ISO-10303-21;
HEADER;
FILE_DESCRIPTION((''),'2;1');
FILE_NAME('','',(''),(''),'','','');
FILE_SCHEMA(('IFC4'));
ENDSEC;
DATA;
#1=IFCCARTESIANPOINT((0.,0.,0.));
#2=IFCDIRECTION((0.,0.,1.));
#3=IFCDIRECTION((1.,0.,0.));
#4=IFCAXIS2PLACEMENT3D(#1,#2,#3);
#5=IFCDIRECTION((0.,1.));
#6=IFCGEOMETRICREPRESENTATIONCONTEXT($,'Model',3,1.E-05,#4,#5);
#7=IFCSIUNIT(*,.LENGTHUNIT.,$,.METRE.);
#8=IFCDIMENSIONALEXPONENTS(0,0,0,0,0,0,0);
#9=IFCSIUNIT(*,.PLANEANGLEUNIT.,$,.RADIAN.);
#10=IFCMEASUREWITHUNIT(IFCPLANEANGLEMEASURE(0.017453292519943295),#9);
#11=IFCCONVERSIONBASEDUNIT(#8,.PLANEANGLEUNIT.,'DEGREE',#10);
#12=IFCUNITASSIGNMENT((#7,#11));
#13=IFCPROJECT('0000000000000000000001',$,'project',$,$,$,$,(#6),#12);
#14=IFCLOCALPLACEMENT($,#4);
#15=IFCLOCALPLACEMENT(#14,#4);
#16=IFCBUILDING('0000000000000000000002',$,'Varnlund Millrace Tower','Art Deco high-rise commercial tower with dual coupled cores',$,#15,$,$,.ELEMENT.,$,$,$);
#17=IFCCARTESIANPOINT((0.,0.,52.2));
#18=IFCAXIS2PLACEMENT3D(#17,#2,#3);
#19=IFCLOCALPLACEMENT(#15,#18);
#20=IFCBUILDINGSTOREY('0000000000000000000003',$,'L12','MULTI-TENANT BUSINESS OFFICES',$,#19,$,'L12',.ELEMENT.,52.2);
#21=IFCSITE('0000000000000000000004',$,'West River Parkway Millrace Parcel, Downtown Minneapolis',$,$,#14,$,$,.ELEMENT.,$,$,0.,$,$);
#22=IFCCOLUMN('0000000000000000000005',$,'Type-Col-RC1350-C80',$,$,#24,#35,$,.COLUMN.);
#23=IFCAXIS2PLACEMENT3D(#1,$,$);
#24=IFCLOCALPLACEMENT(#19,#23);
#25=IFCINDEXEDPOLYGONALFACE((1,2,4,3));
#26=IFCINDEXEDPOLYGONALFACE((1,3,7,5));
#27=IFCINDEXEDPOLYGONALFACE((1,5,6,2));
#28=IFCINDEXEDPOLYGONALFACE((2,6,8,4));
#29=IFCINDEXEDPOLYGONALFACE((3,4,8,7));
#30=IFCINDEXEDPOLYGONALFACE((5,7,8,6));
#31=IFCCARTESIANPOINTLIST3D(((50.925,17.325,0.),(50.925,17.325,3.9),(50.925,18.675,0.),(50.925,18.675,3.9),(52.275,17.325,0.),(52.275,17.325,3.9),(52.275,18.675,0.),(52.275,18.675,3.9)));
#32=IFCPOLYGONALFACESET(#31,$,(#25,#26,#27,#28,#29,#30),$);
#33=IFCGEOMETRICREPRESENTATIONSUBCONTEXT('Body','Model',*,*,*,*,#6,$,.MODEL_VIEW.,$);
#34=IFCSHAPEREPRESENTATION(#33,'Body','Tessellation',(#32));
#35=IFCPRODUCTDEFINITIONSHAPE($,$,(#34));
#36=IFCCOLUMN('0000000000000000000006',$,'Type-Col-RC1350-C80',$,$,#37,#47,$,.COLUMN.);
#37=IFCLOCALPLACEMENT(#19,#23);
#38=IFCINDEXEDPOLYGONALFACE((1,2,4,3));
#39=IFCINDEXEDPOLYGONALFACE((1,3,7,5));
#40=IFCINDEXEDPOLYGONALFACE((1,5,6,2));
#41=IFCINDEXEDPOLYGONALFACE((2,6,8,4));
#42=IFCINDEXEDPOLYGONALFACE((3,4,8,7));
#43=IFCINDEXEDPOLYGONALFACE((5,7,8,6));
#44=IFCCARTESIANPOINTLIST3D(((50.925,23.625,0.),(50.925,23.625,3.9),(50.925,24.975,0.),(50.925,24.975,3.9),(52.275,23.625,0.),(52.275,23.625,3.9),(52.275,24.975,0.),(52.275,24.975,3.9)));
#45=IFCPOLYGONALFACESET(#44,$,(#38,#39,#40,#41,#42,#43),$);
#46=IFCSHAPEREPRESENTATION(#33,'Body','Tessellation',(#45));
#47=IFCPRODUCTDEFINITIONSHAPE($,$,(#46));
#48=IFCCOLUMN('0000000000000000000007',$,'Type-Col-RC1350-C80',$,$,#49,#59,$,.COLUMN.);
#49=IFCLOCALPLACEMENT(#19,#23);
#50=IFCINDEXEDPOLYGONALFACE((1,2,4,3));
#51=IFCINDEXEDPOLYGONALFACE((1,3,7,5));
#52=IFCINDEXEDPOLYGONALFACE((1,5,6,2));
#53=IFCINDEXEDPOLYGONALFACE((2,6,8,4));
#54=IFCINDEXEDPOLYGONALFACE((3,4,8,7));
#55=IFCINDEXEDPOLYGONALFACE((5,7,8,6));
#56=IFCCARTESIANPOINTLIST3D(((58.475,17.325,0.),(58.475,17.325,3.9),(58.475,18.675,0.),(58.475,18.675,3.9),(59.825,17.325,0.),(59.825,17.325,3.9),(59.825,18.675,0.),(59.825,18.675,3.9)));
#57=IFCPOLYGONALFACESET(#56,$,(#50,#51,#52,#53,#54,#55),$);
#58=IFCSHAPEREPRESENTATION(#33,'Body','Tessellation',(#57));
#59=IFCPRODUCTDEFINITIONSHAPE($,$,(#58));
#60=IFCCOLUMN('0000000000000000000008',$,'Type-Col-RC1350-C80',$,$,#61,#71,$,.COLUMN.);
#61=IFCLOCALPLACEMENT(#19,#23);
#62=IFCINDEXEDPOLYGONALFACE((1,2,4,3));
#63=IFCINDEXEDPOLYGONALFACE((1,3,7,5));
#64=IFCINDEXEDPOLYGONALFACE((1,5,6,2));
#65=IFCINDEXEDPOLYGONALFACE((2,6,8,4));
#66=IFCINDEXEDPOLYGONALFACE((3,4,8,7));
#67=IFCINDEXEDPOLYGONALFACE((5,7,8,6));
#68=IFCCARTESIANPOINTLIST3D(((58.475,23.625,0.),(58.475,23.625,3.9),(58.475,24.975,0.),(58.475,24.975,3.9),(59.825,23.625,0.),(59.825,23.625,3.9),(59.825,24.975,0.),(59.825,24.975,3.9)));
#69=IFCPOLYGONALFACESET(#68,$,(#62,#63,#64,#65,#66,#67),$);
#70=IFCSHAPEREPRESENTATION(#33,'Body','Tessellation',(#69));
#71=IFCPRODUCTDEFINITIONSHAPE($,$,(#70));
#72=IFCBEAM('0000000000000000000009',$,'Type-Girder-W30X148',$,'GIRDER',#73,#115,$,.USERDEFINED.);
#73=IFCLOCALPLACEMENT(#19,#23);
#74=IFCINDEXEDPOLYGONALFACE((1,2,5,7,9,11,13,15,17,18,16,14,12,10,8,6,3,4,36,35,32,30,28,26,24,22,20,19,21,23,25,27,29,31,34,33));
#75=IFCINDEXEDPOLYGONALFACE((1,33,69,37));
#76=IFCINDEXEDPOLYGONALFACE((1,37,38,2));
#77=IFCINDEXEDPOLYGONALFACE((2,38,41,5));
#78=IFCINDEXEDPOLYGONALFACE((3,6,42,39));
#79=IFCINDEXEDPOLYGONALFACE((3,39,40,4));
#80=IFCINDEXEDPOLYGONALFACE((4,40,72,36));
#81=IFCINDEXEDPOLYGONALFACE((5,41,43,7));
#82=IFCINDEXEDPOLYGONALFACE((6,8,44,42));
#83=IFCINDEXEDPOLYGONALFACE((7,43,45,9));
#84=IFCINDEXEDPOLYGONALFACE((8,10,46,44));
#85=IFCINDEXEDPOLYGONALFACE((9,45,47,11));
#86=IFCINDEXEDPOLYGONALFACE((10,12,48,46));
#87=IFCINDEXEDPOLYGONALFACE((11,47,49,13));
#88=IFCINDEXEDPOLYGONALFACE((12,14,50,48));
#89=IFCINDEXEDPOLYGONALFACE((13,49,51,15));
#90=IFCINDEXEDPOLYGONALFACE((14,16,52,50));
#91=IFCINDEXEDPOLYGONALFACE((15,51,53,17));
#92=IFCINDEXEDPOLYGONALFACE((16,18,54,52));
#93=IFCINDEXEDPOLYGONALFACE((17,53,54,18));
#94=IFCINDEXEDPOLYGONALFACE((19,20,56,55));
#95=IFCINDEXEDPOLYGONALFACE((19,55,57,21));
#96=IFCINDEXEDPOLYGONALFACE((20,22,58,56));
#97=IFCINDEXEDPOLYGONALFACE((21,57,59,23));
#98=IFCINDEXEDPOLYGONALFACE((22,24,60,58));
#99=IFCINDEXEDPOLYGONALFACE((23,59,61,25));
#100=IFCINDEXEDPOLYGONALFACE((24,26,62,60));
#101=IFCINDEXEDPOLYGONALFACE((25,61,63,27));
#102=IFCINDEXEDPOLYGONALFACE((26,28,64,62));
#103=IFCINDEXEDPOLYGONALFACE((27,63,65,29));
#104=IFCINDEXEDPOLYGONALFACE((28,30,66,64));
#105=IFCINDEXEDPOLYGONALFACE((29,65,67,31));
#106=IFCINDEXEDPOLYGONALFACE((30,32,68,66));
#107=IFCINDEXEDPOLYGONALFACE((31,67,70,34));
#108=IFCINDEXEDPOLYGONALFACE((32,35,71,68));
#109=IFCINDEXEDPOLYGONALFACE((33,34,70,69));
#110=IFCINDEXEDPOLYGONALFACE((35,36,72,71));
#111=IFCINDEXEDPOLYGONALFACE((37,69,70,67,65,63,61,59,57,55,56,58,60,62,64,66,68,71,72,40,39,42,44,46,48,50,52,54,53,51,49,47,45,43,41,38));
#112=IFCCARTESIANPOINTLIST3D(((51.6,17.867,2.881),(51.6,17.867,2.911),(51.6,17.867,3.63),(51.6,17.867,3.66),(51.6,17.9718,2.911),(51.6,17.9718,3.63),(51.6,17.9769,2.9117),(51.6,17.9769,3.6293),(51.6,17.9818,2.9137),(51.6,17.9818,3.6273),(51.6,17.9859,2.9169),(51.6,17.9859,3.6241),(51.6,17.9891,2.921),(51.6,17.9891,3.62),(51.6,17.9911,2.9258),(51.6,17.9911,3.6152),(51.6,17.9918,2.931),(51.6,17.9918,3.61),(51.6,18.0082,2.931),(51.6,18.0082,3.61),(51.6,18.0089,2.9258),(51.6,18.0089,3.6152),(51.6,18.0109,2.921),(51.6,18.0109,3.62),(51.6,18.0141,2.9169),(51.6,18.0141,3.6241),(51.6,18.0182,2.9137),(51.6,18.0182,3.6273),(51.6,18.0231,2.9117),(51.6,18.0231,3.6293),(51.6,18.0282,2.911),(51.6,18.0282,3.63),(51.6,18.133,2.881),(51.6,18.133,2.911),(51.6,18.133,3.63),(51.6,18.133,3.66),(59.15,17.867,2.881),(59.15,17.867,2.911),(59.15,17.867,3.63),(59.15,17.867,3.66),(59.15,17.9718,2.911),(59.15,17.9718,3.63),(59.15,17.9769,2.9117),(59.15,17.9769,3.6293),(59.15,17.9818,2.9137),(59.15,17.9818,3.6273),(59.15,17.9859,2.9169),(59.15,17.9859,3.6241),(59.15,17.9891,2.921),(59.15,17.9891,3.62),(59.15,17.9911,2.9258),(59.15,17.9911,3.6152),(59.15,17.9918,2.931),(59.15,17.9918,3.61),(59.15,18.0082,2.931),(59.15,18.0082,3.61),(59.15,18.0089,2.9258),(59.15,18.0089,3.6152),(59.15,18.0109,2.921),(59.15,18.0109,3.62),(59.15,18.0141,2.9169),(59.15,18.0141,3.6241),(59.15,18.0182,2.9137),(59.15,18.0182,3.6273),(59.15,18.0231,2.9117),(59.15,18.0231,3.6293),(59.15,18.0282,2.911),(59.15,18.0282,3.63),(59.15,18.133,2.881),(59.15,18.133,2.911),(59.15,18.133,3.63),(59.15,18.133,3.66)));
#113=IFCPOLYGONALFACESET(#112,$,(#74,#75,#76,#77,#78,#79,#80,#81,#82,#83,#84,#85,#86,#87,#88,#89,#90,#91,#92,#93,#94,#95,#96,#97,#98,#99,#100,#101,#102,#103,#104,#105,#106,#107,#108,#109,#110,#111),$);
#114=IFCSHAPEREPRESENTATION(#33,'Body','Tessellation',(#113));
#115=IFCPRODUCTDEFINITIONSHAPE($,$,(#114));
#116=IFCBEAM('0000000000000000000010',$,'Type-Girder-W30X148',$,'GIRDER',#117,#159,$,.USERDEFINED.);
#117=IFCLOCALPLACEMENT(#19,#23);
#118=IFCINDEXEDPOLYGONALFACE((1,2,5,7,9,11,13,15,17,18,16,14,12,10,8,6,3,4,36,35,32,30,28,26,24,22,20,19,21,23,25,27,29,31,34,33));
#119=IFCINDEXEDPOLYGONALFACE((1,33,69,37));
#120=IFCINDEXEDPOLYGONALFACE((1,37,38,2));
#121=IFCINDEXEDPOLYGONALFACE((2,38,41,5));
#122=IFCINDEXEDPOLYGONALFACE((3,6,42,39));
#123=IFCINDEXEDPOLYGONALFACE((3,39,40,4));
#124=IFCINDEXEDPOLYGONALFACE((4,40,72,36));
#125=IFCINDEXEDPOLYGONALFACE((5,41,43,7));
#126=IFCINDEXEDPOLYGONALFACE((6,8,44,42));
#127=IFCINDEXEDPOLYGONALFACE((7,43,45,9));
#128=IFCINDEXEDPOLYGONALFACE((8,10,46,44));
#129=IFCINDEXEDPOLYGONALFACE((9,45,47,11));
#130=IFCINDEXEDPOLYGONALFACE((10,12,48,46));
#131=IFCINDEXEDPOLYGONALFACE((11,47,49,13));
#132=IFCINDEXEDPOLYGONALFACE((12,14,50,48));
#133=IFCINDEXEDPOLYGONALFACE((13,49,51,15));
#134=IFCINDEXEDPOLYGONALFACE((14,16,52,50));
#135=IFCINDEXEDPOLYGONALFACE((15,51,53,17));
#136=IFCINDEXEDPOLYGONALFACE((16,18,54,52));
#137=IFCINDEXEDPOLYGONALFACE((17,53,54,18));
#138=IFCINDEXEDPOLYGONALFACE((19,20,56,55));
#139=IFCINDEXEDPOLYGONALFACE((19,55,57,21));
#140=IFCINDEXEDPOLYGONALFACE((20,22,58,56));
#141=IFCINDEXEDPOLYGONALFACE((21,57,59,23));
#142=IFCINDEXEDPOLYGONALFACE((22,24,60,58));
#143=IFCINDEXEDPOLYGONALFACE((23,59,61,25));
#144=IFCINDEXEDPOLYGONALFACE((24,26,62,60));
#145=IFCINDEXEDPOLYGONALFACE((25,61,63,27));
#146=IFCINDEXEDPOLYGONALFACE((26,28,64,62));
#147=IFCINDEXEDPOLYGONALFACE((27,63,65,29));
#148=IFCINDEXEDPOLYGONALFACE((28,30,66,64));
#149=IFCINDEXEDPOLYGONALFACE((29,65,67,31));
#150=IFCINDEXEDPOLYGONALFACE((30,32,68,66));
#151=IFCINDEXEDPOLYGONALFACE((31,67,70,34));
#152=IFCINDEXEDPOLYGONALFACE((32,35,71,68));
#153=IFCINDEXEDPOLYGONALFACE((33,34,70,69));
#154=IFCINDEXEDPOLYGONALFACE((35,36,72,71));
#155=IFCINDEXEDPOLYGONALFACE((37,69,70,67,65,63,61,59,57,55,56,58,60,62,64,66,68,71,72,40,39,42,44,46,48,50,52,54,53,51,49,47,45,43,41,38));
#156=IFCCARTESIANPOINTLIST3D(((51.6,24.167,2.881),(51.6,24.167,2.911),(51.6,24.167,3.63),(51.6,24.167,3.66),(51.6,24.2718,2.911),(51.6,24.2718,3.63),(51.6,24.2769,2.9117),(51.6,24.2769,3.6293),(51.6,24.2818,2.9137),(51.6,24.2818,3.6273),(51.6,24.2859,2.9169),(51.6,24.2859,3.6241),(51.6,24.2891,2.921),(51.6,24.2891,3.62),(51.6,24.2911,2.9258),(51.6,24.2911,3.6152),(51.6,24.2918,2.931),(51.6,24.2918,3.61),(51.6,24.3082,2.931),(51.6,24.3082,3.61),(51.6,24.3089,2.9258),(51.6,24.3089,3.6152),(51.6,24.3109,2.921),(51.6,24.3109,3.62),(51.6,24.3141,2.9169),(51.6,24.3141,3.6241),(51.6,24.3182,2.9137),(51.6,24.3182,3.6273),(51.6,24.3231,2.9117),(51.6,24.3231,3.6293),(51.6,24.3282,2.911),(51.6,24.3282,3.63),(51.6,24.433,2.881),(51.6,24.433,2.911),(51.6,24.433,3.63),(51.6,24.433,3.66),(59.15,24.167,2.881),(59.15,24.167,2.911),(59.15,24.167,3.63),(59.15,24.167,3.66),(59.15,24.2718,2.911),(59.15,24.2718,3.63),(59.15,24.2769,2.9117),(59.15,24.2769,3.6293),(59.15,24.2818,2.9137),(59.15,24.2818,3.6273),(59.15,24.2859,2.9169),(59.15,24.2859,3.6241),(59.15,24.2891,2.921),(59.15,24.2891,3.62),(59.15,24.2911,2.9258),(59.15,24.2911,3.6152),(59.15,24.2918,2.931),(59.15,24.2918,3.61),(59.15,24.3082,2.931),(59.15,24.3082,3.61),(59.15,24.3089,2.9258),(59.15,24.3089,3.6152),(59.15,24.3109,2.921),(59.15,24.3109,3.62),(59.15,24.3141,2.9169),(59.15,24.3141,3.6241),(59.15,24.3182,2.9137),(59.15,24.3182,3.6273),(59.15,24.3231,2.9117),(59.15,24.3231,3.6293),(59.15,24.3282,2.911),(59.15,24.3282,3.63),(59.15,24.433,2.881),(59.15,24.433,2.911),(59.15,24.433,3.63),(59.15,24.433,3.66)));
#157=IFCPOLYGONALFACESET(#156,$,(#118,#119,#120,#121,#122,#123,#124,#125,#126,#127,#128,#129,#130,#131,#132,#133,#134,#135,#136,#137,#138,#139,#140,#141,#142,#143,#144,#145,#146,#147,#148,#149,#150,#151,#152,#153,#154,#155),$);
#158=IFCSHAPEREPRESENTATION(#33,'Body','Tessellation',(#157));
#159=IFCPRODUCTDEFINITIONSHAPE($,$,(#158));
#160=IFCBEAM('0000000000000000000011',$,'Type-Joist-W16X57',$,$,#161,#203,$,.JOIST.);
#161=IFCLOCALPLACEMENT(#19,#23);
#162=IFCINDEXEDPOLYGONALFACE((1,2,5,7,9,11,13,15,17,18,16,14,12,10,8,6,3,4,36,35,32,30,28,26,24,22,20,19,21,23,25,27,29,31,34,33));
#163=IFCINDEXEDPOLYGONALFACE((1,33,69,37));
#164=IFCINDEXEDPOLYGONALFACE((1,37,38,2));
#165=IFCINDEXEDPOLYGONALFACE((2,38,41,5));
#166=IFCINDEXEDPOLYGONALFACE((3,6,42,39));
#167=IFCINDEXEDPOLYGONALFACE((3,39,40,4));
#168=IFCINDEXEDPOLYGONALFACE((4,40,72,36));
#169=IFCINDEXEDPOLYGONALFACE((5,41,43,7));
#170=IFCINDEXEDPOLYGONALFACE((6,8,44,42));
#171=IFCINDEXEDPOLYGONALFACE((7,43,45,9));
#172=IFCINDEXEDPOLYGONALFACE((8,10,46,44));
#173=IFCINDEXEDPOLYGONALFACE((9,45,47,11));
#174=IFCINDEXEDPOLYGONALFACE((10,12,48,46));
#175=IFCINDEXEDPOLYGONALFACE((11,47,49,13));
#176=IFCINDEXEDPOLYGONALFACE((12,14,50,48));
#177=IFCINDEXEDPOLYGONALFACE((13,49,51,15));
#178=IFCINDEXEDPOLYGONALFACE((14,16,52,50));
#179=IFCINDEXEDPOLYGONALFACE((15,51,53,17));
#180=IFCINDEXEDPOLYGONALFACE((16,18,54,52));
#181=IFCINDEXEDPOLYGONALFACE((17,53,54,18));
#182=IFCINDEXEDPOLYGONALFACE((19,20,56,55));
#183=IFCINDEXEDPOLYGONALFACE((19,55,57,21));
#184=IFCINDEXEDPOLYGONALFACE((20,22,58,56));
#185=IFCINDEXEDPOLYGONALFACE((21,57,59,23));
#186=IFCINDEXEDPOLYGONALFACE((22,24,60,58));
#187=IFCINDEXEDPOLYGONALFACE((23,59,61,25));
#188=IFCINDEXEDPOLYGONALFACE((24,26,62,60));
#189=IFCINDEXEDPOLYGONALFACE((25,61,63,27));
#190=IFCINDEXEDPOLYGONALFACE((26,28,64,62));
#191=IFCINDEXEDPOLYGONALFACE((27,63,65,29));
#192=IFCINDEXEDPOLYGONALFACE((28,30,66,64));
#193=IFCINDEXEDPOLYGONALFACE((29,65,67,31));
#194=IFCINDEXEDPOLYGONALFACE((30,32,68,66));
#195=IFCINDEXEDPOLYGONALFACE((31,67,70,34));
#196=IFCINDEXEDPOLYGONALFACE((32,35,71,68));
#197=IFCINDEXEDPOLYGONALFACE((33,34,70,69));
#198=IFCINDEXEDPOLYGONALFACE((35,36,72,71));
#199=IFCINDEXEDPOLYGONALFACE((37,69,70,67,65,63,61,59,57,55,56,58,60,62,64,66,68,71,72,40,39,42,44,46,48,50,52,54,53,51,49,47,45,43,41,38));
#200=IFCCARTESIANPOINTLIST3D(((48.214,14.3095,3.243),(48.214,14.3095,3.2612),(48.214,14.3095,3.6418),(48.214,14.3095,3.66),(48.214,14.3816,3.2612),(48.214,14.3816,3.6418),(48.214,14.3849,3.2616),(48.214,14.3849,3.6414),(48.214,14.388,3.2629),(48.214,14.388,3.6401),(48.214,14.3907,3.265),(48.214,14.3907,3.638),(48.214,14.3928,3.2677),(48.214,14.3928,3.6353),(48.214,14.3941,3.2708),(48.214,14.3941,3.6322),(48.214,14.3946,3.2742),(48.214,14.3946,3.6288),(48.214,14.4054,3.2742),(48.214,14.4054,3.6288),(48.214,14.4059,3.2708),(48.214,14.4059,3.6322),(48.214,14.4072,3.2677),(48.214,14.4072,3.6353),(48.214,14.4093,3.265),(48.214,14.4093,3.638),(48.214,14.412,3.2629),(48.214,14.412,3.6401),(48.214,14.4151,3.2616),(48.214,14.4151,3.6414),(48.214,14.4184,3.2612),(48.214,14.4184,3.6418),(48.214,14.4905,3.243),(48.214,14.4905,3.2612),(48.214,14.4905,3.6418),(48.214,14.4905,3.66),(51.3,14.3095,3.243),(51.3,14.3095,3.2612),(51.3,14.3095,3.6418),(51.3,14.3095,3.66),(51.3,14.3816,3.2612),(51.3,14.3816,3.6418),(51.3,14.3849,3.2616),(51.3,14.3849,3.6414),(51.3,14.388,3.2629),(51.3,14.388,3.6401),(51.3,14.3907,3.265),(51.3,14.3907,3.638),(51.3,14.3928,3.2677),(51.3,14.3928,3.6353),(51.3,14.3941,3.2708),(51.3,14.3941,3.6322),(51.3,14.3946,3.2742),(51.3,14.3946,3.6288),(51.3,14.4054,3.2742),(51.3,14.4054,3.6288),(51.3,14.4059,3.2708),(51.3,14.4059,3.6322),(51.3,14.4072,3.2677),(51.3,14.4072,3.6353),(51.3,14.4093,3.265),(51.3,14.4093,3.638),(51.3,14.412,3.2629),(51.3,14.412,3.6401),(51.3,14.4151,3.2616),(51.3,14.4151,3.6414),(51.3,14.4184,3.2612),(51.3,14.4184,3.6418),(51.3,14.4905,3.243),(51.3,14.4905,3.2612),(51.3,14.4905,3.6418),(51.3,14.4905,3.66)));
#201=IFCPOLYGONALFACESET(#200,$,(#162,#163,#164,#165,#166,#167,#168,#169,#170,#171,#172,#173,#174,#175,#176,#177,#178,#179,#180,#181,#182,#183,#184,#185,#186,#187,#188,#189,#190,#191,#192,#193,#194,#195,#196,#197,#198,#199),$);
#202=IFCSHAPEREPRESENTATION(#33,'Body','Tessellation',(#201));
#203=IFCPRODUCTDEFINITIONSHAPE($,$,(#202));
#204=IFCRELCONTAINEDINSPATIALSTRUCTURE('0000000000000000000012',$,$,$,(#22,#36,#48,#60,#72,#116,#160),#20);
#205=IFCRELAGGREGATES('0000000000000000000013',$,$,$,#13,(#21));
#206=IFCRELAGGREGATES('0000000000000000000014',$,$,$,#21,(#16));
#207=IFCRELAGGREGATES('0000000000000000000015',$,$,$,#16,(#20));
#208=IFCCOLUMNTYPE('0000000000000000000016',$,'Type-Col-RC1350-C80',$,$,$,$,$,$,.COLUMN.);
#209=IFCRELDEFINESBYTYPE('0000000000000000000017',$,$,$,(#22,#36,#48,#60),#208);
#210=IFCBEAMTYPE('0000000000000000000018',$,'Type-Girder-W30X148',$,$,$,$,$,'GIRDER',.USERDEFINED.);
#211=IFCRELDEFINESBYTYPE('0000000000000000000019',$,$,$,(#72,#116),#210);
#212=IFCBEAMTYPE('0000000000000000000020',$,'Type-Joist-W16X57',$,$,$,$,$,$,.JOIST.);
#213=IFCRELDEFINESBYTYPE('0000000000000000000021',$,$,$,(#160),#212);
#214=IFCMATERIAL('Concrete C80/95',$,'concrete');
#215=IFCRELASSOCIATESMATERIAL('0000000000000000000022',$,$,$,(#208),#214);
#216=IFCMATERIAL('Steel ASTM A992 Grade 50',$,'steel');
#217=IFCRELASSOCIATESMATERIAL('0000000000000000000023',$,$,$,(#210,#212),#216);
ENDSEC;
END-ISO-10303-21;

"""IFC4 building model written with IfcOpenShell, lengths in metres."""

from ifc_helpers import new_model, entity, si_unit, converted_unit, direction, frame, origin_with_axes, origin_2d_with_axis, place, context, subcontext, project, spatial, rectangle, i_section, extrude, material, material_profile, profile_set, type_object, element, save


model = new_model("IFC4")

# Units and contexts
model_context = context("Model", 3, precision=1e-05, world=origin_with_axes(), true_north=direction((0.0, 1.0)))
body_context = subcontext(model_context, "Body", "Model", "MODEL_VIEW")
ifc_project = project(units=[si_unit("LENGTHUNIT", "METRE"), converted_unit("PLANEANGLEUNIT", "DEGREE", entity("IfcPlaneAngleMeasure", 0.017453292519943295), si_unit("PLANEANGLEUNIT", "RADIAN"), dimensions=[0, 0, 0, 0, 0, 0, 0])], contexts=[model_context])

# Site, building, storey
site_placement = place(None, origin_with_axes())
site = spatial("IfcSite", under=ifc_project, at=site_placement, Name="West River Parkway Millrace Parcel, Downtown Minneapolis", CompositionType="ELEMENT", RefElevation=0.0)
building_placement = place(site_placement, origin_with_axes())
building = spatial("IfcBuilding", under=site, at=building_placement, Name="Varnlund Millrace Tower", Description="Art Deco high-rise commercial tower with dual coupled cores", CompositionType="ELEMENT")
storey_placement = place(building_placement, frame((0.0, 0.0, 52.2), z_axis=(0.0, 0.0, 1.0), x_axis=(1.0, 0.0, 0.0)))
storey = spatial("IfcBuildingStorey", under=building, at=storey_placement, Name="L12", Description="MULTI-TENANT BUSINESS OFFICES", LongName="L12", CompositionType="ELEMENT", Elevation=52.2)

# Columns
ifc_material_1 = material(Name="Concrete C80/95", Category="concrete")
ifc_material_profile_1 = material_profile(ifc_material_1, rectangle(XDim=1.35, YDim=1.35, at=origin_2d_with_axis()), Name="Concrete C80/95")
ifc_profile_set_1 = profile_set([ifc_material_profile_1], Name="Concrete C80/95")
column_type = type_object("IfcColumnType", Name="Type-Col-RC1350-C80", PredefinedType="COLUMN", material=ifc_profile_set_1)
for number, where, z_axis, x_axis, name in (
    (1, (51.6, 18.0, 0.0), (0.0, 0.0, 1.0), (1.0, 0.0, 0.0), "Type-Col-RC1350-C80"),
    (2, (51.6, 24.3, 0.0), (0.0, 0.0, 1.0), (1.0, 0.0, 0.0), "Type-Col-RC1350-C80"),
    (3, (59.15, 18.0, 0.0), (0.0, 0.0, 1.0), (1.0, 0.0, 0.0), "Type-Col-RC1350-C80"),
    (4, (59.15, 24.3, 0.0), (0.0, 0.0, 1.0), (1.0, 0.0, 0.0), "Type-Col-RC1350-C80"),
):
    element("IfcColumn", number, at=place(storey_placement, frame(where, z_axis=z_axis, x_axis=x_axis)), inside=storey, type_object=column_type, Name=name, PredefinedType="COLUMN", context=body_context, shape_type="SweptSolid", body=[
        extrude(rectangle(XDim=1.35, YDim=1.35, at=origin_2d_with_axis()), origin_with_axes(), (0.0, 0.0, 1.0), 3.9),
    ])

# Beams
ifc_material_2 = material(Name="Steel ASTM A992 Grade 50", Category="steel")
ifc_material_profile_2 = material_profile(ifc_material_2, i_section(OverallWidth=0.266, OverallDepth=0.779, WebThickness=0.0165, FlangeThickness=0.03, FilletRadius=0.02, at=origin_2d_with_axis()), Name="Steel ASTM A992 Grade 50")
ifc_profile_set_2 = profile_set([ifc_material_profile_2], Name="Steel ASTM A992 Grade 50")
beam_type_1 = type_object("IfcBeamType", Name="Type-Girder-W30X148", ElementType="GIRDER", PredefinedType="USERDEFINED", material=ifc_profile_set_2)
for number, where, z_axis, x_axis, name in (
    (5, (51.6, 18.0, 3.2705), (1.0, 0.0, 0.0), (0.0, 1.0, 0.0), "Type-Girder-W30X148"),
    (6, (51.6, 24.3, 3.2705), (1.0, 0.0, 0.0), (0.0, 1.0, 0.0), "Type-Girder-W30X148"),
):
    element("IfcBeam", number, at=place(storey_placement, frame(where, z_axis=z_axis, x_axis=x_axis)), inside=storey, type_object=beam_type_1, Name=name, ObjectType="GIRDER", PredefinedType="USERDEFINED", context=body_context, shape_type="SweptSolid", body=[
        extrude(i_section(OverallWidth=0.266, OverallDepth=0.779, WebThickness=0.0165, FlangeThickness=0.03, FilletRadius=0.02, at=origin_2d_with_axis()), origin_with_axes(), (0.0, 0.0, 1.0), 7.55),
    ])
ifc_material_profile_3 = material_profile(ifc_material_2, i_section(OverallWidth=0.181, OverallDepth=0.417, WebThickness=0.0109, FlangeThickness=0.0182, FilletRadius=0.013, at=origin_2d_with_axis()), Name="Steel ASTM A992 Grade 50")
ifc_profile_set_3 = profile_set([ifc_material_profile_3], Name="Steel ASTM A992 Grade 50")
beam_type_2 = type_object("IfcBeamType", Name="Type-Joist-W16X57", PredefinedType="JOIST", material=ifc_profile_set_3)
for number, where, z_axis, x_axis, name in (
    (7, (48.214, 14.4, 3.4515), (1.0, 0.0, 0.0), (0.0, 1.0, 0.0), "Type-Joist-W16X57"),
):
    element("IfcBeam", number, at=place(storey_placement, frame(where, z_axis=z_axis, x_axis=x_axis)), inside=storey, type_object=beam_type_2, Name=name, PredefinedType="JOIST", context=body_context, shape_type="SweptSolid", body=[
        extrude(i_section(OverallWidth=0.181, OverallDepth=0.417, WebThickness=0.0109, FlangeThickness=0.0182, FilletRadius=0.013, at=origin_2d_with_axis()), origin_with_axes(), (0.0, 0.0, 1.0), 3.086),
    ])

save(model, "model.ifc")
